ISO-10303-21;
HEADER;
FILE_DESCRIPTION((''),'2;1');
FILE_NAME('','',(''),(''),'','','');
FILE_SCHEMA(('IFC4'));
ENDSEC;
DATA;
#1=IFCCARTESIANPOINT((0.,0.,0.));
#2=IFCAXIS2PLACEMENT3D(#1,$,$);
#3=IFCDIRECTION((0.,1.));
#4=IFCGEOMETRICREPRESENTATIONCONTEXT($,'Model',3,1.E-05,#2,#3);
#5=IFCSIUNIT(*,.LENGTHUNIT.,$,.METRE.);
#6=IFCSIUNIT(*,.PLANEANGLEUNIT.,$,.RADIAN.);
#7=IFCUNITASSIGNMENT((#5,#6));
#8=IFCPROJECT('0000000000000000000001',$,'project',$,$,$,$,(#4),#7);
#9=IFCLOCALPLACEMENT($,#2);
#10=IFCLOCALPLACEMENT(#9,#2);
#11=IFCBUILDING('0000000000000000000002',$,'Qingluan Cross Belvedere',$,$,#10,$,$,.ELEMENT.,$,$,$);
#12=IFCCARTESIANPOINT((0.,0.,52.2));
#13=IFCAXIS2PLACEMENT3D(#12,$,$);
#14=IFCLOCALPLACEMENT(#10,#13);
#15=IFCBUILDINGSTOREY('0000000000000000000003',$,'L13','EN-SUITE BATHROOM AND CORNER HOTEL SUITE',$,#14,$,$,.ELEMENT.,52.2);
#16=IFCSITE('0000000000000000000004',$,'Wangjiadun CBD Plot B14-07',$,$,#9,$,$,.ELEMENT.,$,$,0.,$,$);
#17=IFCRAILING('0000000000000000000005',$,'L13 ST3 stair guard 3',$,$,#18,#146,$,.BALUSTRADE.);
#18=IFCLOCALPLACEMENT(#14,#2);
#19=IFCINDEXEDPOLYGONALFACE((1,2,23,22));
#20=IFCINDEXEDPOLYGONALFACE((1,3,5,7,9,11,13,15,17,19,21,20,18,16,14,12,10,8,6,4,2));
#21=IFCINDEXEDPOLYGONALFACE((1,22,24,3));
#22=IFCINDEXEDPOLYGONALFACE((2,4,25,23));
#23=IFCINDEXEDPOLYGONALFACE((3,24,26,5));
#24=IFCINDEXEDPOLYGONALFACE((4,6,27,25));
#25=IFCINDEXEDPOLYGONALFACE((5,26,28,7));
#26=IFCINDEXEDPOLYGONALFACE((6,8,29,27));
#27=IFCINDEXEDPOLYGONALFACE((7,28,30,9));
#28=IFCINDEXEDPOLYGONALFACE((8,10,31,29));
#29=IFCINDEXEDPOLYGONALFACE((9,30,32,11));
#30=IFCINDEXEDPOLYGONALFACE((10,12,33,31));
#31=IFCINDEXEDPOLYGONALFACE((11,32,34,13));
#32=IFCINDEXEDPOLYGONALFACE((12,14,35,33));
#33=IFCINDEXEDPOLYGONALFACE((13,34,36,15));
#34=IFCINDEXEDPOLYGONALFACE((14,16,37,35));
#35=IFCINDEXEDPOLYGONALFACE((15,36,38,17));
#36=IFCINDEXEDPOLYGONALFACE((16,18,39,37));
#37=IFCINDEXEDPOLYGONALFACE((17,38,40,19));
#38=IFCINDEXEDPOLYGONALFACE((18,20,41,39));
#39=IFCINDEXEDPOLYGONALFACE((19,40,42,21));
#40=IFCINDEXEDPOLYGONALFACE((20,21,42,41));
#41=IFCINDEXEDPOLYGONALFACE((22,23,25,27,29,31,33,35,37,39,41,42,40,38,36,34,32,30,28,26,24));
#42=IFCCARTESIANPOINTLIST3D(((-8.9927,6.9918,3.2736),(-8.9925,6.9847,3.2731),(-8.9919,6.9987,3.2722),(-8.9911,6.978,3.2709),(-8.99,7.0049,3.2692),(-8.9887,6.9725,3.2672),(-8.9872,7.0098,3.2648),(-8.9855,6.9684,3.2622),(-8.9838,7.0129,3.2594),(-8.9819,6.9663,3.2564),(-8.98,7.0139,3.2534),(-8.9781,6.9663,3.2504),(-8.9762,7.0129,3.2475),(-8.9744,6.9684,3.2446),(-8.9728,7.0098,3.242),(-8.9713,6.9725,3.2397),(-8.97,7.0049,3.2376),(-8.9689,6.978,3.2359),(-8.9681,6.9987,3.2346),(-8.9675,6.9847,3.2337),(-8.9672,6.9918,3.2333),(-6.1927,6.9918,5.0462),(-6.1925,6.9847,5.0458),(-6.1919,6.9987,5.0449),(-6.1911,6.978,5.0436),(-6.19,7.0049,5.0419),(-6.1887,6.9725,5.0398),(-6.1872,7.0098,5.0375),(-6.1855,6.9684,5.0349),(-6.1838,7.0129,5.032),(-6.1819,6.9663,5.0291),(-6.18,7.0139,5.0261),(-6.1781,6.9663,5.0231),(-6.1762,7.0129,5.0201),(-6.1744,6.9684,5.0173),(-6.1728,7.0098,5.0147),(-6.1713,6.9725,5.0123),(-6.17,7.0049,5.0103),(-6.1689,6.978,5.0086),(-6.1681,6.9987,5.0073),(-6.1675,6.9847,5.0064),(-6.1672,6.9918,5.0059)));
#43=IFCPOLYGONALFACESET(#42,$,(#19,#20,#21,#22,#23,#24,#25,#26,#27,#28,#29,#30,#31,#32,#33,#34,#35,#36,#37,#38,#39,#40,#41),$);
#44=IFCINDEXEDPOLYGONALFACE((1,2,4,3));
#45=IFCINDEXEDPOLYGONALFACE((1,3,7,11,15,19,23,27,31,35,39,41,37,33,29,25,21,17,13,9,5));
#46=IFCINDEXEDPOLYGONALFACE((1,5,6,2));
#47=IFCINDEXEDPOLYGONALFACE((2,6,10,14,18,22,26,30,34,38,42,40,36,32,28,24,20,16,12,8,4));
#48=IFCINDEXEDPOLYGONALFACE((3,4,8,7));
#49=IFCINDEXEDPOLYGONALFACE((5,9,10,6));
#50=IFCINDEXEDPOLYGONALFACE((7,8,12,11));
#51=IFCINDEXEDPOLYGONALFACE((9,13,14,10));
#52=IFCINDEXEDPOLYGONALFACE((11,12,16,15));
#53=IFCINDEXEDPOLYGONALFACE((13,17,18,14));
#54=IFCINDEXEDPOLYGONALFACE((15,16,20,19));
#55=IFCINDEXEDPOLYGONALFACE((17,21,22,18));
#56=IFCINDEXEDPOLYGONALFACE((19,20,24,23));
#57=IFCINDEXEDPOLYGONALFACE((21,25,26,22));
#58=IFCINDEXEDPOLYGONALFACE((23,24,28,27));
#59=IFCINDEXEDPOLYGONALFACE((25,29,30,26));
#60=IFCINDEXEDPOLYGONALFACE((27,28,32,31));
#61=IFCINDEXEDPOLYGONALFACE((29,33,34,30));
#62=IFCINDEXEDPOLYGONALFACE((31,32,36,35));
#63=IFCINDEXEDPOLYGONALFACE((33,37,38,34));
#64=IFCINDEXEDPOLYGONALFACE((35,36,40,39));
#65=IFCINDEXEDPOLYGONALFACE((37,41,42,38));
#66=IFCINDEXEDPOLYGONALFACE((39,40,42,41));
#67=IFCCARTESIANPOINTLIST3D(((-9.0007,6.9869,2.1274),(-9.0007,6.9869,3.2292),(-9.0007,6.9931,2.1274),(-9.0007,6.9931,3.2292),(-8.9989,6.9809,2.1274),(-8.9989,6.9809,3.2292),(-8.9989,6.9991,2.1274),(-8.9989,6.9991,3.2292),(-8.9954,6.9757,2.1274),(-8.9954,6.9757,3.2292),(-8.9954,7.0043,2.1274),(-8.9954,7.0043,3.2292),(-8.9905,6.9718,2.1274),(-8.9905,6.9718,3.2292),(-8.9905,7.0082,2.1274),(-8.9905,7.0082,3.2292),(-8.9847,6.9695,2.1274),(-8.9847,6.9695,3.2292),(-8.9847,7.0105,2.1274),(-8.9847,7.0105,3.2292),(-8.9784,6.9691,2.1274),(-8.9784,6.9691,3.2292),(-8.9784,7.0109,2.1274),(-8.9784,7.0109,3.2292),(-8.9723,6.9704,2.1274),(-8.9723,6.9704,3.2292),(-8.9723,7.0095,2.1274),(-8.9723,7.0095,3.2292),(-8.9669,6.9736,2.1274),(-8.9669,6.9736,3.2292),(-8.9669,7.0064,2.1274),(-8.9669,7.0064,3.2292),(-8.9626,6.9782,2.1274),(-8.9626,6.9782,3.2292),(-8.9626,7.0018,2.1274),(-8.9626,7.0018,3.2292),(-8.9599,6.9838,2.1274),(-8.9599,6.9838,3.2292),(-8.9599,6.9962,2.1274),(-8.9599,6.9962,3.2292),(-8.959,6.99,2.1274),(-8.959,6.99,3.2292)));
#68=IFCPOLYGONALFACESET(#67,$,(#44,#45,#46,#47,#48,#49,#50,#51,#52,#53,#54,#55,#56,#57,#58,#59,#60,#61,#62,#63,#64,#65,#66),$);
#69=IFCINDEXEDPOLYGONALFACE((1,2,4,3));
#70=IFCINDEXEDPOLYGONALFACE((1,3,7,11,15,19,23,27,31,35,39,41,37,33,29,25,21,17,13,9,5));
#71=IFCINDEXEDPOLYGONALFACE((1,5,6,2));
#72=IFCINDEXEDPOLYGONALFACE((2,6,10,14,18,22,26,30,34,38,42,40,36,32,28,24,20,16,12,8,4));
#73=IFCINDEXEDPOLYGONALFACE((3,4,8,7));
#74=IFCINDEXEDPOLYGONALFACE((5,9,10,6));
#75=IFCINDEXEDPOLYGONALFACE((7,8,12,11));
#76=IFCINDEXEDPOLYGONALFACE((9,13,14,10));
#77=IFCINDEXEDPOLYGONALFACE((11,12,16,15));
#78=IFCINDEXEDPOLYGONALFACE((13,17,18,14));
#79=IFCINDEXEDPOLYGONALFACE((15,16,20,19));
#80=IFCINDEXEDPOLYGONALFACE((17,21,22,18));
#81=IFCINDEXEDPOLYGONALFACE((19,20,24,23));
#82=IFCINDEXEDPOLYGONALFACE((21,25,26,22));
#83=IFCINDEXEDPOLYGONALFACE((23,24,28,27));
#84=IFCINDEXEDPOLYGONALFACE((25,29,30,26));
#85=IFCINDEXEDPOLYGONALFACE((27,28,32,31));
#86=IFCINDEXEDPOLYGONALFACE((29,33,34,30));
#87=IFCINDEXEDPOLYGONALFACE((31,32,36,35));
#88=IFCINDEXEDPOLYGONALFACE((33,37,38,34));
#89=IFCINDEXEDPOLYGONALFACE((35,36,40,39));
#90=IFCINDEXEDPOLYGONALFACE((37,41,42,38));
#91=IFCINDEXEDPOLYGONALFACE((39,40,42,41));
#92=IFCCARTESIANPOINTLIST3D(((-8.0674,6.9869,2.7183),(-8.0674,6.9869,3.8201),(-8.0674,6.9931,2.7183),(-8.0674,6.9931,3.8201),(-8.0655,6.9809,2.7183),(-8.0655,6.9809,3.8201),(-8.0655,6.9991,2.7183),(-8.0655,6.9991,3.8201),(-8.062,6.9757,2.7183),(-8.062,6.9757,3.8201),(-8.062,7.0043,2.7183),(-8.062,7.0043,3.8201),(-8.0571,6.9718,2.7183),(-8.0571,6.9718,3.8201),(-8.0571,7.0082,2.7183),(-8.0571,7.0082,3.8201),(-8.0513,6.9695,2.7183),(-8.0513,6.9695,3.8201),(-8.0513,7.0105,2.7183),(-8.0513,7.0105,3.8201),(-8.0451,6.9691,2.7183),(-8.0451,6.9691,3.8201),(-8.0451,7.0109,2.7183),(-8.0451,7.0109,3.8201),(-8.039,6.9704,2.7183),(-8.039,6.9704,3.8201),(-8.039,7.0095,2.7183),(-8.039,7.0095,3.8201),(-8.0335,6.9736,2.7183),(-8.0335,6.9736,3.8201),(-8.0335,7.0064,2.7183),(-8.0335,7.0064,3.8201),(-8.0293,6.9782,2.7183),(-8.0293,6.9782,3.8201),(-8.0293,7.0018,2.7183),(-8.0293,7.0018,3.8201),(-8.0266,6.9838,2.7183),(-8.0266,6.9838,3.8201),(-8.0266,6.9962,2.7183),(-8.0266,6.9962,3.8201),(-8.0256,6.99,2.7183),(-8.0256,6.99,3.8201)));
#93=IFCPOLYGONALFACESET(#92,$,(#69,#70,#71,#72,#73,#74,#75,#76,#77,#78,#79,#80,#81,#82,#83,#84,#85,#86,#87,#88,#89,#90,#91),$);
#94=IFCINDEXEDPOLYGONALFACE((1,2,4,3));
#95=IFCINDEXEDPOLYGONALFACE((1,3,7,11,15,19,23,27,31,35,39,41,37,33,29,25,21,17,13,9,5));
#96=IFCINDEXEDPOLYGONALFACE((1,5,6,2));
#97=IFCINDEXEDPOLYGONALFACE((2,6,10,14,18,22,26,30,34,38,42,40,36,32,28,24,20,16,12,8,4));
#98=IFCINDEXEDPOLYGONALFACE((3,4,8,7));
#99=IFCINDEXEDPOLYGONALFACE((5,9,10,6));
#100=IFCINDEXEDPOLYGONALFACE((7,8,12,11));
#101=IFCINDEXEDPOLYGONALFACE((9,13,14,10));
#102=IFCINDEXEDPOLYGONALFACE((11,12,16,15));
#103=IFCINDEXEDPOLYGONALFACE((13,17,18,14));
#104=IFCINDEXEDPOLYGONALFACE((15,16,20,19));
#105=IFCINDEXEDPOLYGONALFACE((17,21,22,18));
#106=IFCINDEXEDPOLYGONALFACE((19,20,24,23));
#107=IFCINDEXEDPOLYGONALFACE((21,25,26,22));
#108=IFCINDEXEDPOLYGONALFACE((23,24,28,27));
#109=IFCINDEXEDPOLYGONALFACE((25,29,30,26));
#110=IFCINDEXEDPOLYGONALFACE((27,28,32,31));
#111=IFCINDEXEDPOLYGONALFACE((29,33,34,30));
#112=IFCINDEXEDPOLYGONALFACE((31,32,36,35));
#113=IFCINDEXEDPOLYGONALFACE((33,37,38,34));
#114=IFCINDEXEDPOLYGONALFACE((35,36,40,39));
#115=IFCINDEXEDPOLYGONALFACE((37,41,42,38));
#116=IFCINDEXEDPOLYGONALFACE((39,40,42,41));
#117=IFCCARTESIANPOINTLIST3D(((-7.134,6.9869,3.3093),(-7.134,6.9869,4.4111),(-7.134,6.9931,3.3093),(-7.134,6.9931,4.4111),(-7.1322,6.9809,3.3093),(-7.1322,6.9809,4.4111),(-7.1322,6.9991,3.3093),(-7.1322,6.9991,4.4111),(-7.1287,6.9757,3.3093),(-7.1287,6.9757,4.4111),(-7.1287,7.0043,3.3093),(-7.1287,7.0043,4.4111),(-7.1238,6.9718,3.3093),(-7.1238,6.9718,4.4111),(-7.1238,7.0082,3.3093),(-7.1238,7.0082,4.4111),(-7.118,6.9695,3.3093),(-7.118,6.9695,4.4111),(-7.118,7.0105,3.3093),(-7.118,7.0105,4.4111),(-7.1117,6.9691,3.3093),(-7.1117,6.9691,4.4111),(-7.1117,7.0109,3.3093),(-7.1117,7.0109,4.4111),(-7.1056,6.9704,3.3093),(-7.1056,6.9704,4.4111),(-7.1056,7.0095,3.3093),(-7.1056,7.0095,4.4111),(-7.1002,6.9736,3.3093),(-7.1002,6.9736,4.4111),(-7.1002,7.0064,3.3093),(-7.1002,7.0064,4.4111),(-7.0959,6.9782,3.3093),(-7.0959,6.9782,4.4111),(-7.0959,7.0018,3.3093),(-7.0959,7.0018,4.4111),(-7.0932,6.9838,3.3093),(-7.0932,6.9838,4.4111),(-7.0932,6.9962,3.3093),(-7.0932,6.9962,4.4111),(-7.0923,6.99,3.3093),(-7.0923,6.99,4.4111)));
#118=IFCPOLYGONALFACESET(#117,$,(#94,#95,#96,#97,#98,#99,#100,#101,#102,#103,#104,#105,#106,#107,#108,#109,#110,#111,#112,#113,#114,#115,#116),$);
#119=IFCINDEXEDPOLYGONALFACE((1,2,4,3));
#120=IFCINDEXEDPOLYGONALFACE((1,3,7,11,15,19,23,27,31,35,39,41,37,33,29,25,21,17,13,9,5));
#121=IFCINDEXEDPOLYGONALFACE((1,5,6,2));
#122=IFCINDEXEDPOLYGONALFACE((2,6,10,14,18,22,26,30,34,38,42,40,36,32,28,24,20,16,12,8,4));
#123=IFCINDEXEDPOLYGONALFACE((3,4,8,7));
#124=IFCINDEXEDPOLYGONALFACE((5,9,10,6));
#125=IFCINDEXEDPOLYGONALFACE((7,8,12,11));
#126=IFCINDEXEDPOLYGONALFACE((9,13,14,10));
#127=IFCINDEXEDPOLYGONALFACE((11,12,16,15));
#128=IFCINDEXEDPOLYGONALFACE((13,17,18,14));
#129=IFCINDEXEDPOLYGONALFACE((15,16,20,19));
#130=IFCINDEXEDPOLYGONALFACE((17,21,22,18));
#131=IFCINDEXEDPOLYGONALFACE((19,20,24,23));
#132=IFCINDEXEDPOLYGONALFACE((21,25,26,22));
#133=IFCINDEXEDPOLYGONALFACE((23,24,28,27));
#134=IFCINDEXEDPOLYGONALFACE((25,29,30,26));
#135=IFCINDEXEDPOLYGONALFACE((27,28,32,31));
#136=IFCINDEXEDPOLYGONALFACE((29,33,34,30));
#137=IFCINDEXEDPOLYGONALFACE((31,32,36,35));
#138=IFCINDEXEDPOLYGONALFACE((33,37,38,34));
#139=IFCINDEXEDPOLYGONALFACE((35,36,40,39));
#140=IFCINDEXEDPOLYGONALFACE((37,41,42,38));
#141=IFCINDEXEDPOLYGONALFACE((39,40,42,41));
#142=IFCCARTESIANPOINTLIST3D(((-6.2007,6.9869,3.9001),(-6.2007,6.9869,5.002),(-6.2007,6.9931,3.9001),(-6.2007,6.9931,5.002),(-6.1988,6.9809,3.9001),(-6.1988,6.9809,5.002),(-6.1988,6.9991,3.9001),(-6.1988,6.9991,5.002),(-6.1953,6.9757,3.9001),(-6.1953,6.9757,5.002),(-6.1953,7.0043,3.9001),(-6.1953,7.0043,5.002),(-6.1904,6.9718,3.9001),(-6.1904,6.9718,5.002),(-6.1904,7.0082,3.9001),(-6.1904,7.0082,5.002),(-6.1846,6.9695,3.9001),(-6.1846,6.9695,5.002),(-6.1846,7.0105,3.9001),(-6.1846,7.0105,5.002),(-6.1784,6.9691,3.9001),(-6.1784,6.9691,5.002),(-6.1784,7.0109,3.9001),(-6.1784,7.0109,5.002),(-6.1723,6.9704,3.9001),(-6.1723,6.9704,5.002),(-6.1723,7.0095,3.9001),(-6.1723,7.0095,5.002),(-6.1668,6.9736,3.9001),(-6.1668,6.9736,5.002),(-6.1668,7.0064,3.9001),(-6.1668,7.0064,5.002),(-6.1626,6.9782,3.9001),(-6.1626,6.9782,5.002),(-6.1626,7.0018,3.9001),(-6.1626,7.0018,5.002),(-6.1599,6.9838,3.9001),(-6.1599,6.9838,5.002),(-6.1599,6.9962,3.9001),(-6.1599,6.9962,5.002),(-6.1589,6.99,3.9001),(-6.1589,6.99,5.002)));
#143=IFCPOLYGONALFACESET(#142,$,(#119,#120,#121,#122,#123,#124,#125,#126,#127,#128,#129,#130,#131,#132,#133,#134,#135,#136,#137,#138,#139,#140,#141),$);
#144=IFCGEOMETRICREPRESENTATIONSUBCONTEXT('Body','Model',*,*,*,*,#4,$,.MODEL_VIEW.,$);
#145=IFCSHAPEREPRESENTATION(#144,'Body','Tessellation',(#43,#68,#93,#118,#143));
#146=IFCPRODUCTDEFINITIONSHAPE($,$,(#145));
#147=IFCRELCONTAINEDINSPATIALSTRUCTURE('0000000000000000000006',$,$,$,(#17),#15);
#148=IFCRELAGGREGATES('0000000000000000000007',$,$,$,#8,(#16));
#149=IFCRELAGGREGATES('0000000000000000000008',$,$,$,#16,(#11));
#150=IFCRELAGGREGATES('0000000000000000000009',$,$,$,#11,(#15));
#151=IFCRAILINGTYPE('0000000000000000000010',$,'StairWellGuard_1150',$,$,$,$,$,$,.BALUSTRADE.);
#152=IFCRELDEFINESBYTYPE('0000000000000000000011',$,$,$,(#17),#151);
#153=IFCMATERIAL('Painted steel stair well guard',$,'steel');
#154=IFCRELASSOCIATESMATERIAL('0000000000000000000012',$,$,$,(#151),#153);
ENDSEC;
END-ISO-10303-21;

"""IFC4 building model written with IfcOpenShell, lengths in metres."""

from ifc_helpers import new_model, si_unit, direction, frame, origin, origin_2d, place, context, subcontext, project, spatial, circle, extrude, material, type_object, element, save


model = new_model("IFC4")

# Units and contexts
model_context = context("Model", 3, precision=1e-05, world=origin(), true_north=direction((0.0, 1.0)))
body_context = subcontext(model_context, "Body", "Model", "MODEL_VIEW")
ifc_project = project(units=[si_unit("LENGTHUNIT", "METRE"), si_unit("PLANEANGLEUNIT", "RADIAN")], contexts=[model_context])

# Site, building, storey
site_placement = place(None, origin())
site = spatial("IfcSite", under=ifc_project, at=site_placement, Name="Wangjiadun CBD Plot B14-07", CompositionType="ELEMENT", RefElevation=0.0)
building_placement = place(site_placement, origin())
building = spatial("IfcBuilding", under=site, at=building_placement, Name="Qingluan Cross Belvedere", CompositionType="ELEMENT")
storey_placement = place(building_placement, frame((0.0, 0.0, 52.2)))
storey = spatial("IfcBuildingStorey", under=building, at=storey_placement, Name="L13", Description="EN-SUITE BATHROOM AND CORNER HOTEL SUITE", CompositionType="ELEMENT", Elevation=52.2)

# Railing
ifc_material_1 = material(Name="Painted steel stair well guard", Category="steel")
railing_type_1 = type_object("IfcRailingType", Name="StairWellGuard_1150", PredefinedType="BALUSTRADE", material=ifc_material_1)
railing_1_placement = place(storey_placement, frame((-8.98, 6.99, 2.1274)))
element("IfcRailing", 1, at=railing_1_placement, inside=storey, type_object=railing_type_1, Name="L13 ST3 stair guard 3", PredefinedType="BALUSTRADE", context=body_context, shape_type="SweptSolid", body=[
    extrude(circle(Radius=0.0239, at=origin_2d()), frame((0.0, 0.0, 1.126), z_axis=(0.844909, 0.0, 0.53491), x_axis=(0.0, 1.0, 0.0)), (0.0, 0.0, 1.0), 3.314),
    extrude(circle(Radius=0.021, at=origin_2d()), origin(), (0.0, 0.0, 1.0), 1.1018),
    extrude(circle(Radius=0.021, at=origin_2d()), frame((0.9333, 0.0, 0.5908)), (0.0, 0.0, 1.0), 1.1018),
    extrude(circle(Radius=0.021, at=origin_2d()), frame((1.8667, 0.0, 1.1819)), (0.0, 0.0, 1.0), 1.1018),
    extrude(circle(Radius=0.021, at=origin_2d()), frame((2.8, 0.0, 1.7727)), (0.0, 0.0, 1.0), 1.1018),
])

save(model, "model.ifc")
